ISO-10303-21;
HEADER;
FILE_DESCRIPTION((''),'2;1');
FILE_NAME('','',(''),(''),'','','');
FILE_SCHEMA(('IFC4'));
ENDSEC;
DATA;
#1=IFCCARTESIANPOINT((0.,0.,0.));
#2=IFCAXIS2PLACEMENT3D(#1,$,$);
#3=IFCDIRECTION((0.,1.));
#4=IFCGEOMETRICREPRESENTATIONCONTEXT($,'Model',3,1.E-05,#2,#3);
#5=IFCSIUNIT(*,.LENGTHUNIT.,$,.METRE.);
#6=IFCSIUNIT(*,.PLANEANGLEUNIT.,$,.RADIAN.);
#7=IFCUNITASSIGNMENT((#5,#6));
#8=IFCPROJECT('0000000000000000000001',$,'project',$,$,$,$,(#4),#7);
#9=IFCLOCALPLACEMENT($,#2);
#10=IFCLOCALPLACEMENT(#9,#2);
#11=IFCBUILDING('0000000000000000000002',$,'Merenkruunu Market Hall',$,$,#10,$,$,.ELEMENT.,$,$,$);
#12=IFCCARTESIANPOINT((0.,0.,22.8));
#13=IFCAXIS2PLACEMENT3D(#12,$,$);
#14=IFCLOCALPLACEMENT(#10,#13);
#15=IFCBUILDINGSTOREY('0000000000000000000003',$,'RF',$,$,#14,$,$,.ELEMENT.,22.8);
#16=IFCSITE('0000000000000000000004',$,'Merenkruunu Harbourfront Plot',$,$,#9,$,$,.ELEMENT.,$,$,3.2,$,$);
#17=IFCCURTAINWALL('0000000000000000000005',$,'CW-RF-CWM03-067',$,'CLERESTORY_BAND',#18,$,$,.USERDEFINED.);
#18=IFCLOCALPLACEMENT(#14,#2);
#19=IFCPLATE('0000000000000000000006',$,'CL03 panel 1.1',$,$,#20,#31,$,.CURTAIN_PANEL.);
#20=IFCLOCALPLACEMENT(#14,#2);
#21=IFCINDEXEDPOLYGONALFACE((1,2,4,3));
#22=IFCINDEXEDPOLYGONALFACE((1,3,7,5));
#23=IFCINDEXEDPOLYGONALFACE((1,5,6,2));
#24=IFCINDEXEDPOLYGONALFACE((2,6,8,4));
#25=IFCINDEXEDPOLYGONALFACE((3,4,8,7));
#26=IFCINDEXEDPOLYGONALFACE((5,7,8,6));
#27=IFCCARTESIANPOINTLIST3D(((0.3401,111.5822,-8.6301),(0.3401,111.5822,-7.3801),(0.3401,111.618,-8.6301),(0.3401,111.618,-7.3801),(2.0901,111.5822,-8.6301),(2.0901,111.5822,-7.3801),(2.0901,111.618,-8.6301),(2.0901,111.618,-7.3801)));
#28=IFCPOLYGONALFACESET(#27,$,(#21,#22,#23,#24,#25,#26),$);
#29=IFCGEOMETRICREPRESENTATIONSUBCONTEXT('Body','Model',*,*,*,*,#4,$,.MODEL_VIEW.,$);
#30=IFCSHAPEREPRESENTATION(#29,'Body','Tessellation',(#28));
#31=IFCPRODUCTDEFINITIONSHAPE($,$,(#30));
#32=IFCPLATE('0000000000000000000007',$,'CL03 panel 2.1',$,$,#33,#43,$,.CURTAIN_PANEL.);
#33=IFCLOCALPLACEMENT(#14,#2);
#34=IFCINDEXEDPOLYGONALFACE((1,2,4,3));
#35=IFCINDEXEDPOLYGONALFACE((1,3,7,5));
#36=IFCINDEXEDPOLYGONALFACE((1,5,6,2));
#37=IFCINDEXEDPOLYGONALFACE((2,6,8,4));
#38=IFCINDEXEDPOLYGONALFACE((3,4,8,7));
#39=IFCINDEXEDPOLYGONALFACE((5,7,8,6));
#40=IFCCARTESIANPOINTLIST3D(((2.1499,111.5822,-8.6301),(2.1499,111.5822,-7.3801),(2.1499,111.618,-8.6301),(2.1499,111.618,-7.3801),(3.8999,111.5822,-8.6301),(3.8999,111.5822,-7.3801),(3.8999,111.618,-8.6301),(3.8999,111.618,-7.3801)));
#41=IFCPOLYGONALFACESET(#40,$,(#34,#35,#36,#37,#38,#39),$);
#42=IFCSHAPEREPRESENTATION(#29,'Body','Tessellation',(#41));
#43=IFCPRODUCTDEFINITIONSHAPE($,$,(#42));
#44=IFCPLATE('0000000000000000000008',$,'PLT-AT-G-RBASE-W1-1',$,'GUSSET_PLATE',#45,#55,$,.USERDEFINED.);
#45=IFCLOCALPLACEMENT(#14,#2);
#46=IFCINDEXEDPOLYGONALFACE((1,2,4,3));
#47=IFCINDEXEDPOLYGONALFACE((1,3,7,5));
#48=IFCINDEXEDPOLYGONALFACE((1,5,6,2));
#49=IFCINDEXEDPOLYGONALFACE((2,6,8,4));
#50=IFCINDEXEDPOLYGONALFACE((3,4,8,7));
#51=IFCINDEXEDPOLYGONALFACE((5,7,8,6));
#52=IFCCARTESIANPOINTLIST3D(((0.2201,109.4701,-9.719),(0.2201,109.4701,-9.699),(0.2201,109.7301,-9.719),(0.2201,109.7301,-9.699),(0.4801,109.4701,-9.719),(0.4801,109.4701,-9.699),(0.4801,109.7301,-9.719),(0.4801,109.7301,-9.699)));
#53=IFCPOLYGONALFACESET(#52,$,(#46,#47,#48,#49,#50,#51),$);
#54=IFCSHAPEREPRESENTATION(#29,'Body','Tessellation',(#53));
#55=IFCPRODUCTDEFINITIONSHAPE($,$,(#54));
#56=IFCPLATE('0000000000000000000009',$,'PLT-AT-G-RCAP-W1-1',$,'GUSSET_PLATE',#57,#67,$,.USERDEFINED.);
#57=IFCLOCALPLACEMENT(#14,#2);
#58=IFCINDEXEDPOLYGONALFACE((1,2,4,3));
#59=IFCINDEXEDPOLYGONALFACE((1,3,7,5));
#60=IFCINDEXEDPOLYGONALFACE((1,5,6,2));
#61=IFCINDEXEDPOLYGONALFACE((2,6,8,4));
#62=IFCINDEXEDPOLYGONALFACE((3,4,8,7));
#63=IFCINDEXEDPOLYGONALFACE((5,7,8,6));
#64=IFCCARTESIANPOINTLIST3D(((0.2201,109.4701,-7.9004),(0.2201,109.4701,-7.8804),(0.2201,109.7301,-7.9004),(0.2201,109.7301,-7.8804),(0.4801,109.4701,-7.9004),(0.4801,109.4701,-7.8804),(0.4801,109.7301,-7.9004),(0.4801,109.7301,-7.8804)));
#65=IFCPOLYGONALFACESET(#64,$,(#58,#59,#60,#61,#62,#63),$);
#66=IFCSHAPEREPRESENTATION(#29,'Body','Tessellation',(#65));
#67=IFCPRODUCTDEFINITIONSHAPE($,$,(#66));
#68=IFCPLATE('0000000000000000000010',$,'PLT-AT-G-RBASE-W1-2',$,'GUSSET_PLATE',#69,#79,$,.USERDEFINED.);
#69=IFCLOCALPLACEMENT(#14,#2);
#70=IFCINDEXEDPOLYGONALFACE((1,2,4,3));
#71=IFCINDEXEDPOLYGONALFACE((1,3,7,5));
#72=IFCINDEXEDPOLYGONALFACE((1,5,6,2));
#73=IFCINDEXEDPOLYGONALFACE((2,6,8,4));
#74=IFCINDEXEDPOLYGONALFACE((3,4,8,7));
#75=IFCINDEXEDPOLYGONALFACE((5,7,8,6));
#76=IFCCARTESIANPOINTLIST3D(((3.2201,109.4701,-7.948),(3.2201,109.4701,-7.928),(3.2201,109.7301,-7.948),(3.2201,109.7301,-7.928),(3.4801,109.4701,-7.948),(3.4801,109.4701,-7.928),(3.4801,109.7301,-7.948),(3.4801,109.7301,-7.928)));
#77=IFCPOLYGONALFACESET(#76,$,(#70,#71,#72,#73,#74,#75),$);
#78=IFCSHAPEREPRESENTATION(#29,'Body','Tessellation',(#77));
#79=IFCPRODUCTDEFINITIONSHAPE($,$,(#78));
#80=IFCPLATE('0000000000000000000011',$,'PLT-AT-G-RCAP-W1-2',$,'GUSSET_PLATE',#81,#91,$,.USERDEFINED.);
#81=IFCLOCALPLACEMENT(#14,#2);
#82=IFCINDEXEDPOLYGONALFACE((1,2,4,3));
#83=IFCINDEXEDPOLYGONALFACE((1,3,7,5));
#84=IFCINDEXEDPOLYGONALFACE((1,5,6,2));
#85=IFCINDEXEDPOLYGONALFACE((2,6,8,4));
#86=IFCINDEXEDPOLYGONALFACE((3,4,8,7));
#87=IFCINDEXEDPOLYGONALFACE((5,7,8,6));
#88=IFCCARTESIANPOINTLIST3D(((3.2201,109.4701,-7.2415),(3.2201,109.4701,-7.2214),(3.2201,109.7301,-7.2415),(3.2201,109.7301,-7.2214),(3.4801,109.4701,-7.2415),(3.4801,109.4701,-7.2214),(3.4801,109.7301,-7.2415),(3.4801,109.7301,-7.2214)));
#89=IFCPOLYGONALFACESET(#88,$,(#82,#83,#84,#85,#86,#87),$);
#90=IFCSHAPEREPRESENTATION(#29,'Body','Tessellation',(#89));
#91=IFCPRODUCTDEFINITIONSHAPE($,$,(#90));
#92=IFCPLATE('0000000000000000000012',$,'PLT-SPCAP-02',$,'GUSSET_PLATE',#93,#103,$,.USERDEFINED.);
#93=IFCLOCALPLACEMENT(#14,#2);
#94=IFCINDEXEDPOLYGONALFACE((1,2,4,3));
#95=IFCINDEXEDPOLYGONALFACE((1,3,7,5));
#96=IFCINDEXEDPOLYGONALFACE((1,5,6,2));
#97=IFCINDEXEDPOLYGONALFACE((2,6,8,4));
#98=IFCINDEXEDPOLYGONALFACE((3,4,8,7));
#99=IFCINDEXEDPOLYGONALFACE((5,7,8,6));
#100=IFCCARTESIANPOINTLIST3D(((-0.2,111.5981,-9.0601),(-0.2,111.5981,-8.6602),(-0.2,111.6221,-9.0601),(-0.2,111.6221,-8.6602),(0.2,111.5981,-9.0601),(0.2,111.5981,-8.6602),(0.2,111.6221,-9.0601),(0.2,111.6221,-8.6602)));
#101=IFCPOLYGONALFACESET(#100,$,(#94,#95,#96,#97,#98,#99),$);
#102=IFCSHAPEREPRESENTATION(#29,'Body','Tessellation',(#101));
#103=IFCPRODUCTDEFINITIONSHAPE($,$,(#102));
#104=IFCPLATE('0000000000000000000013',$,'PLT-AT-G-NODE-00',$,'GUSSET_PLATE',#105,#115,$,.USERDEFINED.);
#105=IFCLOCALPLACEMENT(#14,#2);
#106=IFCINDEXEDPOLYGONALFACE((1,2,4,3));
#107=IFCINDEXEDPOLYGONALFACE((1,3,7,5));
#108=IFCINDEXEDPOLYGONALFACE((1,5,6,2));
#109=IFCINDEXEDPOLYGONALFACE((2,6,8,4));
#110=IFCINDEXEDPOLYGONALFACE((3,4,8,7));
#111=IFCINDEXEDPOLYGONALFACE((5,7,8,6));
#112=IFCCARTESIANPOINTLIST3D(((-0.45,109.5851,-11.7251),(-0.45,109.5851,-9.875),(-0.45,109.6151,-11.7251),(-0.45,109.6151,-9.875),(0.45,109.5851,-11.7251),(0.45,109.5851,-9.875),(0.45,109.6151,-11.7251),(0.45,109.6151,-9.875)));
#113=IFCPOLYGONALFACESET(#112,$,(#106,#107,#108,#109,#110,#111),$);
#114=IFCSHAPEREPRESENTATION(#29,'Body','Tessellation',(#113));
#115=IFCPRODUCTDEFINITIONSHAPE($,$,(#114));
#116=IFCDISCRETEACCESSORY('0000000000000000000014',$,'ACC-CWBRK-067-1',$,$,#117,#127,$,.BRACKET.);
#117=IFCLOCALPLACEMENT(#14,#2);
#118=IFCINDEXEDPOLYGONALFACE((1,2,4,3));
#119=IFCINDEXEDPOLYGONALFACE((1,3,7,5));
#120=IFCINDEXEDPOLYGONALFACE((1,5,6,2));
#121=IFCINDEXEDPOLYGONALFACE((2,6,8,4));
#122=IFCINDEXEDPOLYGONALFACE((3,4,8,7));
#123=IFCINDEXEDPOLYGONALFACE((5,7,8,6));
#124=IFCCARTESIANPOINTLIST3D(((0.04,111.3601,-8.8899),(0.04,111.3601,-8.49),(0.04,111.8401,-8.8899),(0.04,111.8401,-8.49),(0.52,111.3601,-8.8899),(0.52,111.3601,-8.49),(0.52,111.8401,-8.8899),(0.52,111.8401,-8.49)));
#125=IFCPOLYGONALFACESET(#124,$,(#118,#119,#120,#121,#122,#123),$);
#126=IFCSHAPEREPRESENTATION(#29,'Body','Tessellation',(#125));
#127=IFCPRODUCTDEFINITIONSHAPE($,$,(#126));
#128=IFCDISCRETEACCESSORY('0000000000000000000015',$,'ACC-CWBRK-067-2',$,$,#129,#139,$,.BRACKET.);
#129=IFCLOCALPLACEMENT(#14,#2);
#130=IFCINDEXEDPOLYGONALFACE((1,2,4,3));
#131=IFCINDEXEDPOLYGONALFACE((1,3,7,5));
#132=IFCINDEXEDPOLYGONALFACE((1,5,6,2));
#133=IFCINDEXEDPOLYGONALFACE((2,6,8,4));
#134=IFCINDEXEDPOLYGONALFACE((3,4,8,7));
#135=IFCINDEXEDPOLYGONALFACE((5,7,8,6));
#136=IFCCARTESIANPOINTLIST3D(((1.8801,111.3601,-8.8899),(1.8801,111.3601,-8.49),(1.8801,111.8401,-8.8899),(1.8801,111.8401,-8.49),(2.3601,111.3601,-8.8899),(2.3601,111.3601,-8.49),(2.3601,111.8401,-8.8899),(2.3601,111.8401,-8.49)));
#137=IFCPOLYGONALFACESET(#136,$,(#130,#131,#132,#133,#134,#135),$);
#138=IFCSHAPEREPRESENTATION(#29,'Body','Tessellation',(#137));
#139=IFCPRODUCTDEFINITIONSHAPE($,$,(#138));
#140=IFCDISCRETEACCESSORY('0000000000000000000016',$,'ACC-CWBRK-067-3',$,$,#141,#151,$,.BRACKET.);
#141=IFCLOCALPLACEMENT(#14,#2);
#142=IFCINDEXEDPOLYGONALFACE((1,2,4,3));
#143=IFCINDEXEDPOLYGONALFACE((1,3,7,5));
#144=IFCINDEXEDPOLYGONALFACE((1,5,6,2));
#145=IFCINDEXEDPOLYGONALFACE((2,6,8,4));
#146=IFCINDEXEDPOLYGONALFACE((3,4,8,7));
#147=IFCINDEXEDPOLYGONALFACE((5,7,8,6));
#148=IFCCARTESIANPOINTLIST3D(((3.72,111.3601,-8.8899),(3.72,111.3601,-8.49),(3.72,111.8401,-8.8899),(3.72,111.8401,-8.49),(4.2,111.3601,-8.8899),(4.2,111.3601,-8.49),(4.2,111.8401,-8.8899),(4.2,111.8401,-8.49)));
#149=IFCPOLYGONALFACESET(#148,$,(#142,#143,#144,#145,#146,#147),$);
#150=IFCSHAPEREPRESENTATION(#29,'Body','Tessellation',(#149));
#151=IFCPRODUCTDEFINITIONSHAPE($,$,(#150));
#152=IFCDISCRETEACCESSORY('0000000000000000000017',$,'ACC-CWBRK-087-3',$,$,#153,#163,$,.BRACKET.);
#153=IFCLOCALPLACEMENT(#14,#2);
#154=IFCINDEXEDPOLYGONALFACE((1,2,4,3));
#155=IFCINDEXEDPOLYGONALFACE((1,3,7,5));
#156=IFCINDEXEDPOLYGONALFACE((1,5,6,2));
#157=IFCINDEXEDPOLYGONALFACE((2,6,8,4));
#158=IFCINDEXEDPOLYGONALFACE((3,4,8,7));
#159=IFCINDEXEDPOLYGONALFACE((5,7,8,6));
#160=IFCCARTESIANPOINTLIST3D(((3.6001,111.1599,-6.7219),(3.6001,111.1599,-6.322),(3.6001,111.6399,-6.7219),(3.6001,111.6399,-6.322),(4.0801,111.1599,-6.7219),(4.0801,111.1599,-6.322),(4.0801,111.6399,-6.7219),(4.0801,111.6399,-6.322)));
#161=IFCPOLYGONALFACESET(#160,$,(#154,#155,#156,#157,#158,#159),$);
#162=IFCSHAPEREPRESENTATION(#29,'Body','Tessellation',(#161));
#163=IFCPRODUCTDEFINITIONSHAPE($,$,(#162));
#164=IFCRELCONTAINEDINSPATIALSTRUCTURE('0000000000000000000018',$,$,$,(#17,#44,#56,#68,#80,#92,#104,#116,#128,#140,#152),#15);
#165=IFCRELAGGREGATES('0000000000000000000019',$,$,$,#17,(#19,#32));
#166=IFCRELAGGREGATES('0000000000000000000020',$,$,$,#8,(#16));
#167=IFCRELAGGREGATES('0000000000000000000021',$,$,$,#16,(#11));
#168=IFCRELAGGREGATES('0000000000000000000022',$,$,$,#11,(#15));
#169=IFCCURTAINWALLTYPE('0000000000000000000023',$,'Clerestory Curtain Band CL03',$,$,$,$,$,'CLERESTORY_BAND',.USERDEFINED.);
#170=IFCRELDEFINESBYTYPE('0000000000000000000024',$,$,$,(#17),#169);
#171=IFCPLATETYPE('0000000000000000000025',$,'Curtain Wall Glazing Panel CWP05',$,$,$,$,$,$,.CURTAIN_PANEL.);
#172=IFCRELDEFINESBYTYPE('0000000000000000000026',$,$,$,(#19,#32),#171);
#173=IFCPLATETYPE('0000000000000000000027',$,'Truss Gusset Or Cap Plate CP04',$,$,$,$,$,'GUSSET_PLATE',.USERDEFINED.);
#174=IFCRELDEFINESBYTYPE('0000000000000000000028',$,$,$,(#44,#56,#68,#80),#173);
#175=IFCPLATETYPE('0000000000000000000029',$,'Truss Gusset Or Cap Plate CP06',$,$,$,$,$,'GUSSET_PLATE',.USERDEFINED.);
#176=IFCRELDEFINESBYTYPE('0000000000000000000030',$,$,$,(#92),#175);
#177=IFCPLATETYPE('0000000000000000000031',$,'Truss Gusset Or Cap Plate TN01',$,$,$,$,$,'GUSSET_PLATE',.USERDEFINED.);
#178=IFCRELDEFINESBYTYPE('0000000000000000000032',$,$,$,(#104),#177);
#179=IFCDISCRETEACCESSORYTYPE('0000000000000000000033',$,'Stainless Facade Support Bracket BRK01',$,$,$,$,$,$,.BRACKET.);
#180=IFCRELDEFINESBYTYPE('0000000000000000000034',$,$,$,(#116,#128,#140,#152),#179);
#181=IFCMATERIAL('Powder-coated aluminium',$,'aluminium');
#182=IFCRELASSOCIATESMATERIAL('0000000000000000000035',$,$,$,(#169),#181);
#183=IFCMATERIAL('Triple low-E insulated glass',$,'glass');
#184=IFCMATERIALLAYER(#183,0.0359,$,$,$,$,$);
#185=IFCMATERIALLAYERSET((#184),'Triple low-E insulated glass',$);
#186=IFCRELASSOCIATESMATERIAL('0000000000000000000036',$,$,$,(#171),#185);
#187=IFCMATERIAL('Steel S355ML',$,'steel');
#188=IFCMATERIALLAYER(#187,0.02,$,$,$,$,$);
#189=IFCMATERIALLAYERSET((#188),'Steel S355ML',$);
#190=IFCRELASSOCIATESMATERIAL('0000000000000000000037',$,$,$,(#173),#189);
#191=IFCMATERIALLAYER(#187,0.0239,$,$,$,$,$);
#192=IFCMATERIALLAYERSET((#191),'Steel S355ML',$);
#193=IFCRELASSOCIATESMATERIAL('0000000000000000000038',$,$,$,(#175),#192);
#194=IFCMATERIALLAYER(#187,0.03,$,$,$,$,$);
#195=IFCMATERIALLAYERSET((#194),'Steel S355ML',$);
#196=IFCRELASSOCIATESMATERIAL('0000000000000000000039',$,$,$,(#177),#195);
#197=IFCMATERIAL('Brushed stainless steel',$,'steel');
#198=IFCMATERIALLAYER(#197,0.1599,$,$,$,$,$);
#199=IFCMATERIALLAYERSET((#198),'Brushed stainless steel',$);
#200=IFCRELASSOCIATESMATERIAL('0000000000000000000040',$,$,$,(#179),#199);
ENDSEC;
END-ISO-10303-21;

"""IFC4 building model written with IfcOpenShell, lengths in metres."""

from ifc_helpers import new_model, si_unit, direction, frame, origin, origin_2d, place, context, subcontext, project, spatial, rectangle, extrude, material, layer, layer_set, type_object, element, aggregate, save


model = new_model("IFC4")

# Units and contexts
model_context = context("Model", 3, precision=1e-05, world=origin(), true_north=direction((0.0, 1.0)))
body_context = subcontext(model_context, "Body", "Model", "MODEL_VIEW")
ifc_project = project(units=[si_unit("LENGTHUNIT", "METRE"), si_unit("PLANEANGLEUNIT", "RADIAN")], contexts=[model_context])

# Site, building, storey
site_placement = place(None, origin())
site = spatial("IfcSite", under=ifc_project, at=site_placement, Name="Merenkruunu Harbourfront Plot", CompositionType="ELEMENT", RefElevation=3.2)
building_placement = place(site_placement, origin())
building = spatial("IfcBuilding", under=site, at=building_placement, Name="Merenkruunu Market Hall", CompositionType="ELEMENT")
storey_placement = place(building_placement, frame((0.0, 0.0, 22.8)))
storey = spatial("IfcBuildingStorey", under=building, at=storey_placement, Name="RF", CompositionType="ELEMENT", Elevation=22.8)

# Shared definitions
ifc_material_1 = material(Name="Steel S355ML", Category="steel")

# Curtain wall
ifc_material_2 = material(Name="Powder-coated aluminium", Category="aluminium")
curtain_wall_type_1 = type_object("IfcCurtainWallType", Name="Clerestory Curtain Band CL03", ElementType="CLERESTORY_BAND", PredefinedType="USERDEFINED", material=ifc_material_2)
curtain_wall_1_placement = place(storey_placement, origin())
curtain_wall_1 = element("IfcCurtainWall", 1, at=curtain_wall_1_placement, inside=storey, type_object=curtain_wall_type_1, Name="CW-RF-CWM03-067", ObjectType="CLERESTORY_BAND", PredefinedType="USERDEFINED")

# Plates
ifc_material_3 = material(Name="Triple low-E insulated glass", Category="glass")
ifc_layer_1 = layer(ifc_material_3, 0.0359)
ifc_layer_set_1 = layer_set([ifc_layer_1], Name="Triple low-E insulated glass")
plate_type_1 = type_object("IfcPlateType", Name="Curtain Wall Glazing Panel CWP05", PredefinedType="CURTAIN_PANEL", material=ifc_layer_set_1)
plate_1_placement = place(storey_placement, frame((1.2151, 111.6001, -8.6301), z_axis=(0.0, 0.0, 1.0), x_axis=(1.0, 0.0, 0.0)))
plate_1 = element("IfcPlate", 2, at=plate_1_placement, type_object=plate_type_1, Name="CL03 panel 1.1", PredefinedType="CURTAIN_PANEL", context=body_context, shape_type="SweptSolid", body=[
    extrude(rectangle(XDim=1.75, YDim=0.0359, at=origin_2d()), origin(), (0.0, 0.0, 1.0), 1.25),
])
plate_2_placement = place(storey_placement, frame((3.0249, 111.6001, -8.6301), z_axis=(0.0, 0.0, 1.0), x_axis=(1.0, 0.0, 0.0)))
plate_2 = element("IfcPlate", 3, at=plate_2_placement, type_object=plate_type_1, Name="CL03 panel 2.1", PredefinedType="CURTAIN_PANEL", context=body_context, shape_type="SweptSolid", body=[
    extrude(rectangle(XDim=1.75, YDim=0.0359, at=origin_2d()), origin(), (0.0, 0.0, 1.0), 1.25),
])
aggregate(curtain_wall_1, [plate_1, plate_2])

# Plates
ifc_layer_2 = layer(ifc_material_1, 0.02)
ifc_layer_set_2 = layer_set([ifc_layer_2], Name="Steel S355ML")
plate_type_2 = type_object("IfcPlateType", Name="Truss Gusset Or Cap Plate CP04", ElementType="GUSSET_PLATE", PredefinedType="USERDEFINED", material=ifc_layer_set_2)
for number, where, z_axis, x_axis, name in (
    (4, (0.3501, 109.6001, -9.719), (0.0, 0.0, 1.0), (1.0, 0.0, 0.0), "PLT-AT-G-RBASE-W1-1"),
    (5, (0.3501, 109.6001, -7.9004), (0.0, 0.0, 1.0), (1.0, 0.0, 0.0), "PLT-AT-G-RCAP-W1-1"),
    (6, (3.3501, 109.6001, -7.948), (0.0, 0.0, 1.0), (1.0, 0.0, 0.0), "PLT-AT-G-RBASE-W1-2"),
    (7, (3.3501, 109.6001, -7.2415), (0.0, 0.0, 1.0), (1.0, 0.0, 0.0), "PLT-AT-G-RCAP-W1-2"),
):
    element("IfcPlate", number, at=place(storey_placement, frame(where, z_axis=z_axis, x_axis=x_axis)), inside=storey, type_object=plate_type_2, Name=name, ObjectType="GUSSET_PLATE", PredefinedType="USERDEFINED", context=body_context, shape_type="SweptSolid", body=[
        extrude(rectangle(XDim=0.26, YDim=0.26, at=origin_2d()), origin(), (0.0, 0.0, 1.0), 0.02),
    ])
ifc_layer_3 = layer(ifc_material_1, 0.0239)
ifc_layer_set_3 = layer_set([ifc_layer_3], Name="Steel S355ML")
plate_type_3 = type_object("IfcPlateType", Name="Truss Gusset Or Cap Plate CP06", ElementType="GUSSET_PLATE", PredefinedType="USERDEFINED", material=ifc_layer_set_3)
plate_3_placement = place(storey_placement, frame((0.0, 111.6101, -9.0601), z_axis=(0.0, 0.0, 1.0), x_axis=(1.0, 0.0, 0.0)))
element("IfcPlate", 8, at=plate_3_placement, inside=storey, type_object=plate_type_3, Name="PLT-SPCAP-02", ObjectType="GUSSET_PLATE", PredefinedType="USERDEFINED", context=body_context, shape_type="SweptSolid", body=[
    extrude(rectangle(XDim=0.3999, YDim=0.0239, at=origin_2d()), origin(), (0.0, 0.0, 1.0), 0.3999),
])
ifc_layer_4 = layer(ifc_material_1, 0.03)
ifc_layer_set_4 = layer_set([ifc_layer_4], Name="Steel S355ML")
plate_type_4 = type_object("IfcPlateType", Name="Truss Gusset Or Cap Plate TN01", ElementType="GUSSET_PLATE", PredefinedType="USERDEFINED", material=ifc_layer_set_4)
plate_4_placement = place(storey_placement, frame((0.0, 109.6001, -11.7251), z_axis=(0.0, 0.0, 1.0), x_axis=(1.0, 0.0, 0.0)))
element("IfcPlate", 9, at=plate_4_placement, inside=storey, type_object=plate_type_4, Name="PLT-AT-G-NODE-00", ObjectType="GUSSET_PLATE", PredefinedType="USERDEFINED", context=body_context, shape_type="SweptSolid", body=[
    extrude(rectangle(XDim=0.8999, YDim=0.03, at=origin_2d()), origin(), (0.0, 0.0, 1.0), 1.8501),
])

# Discrete accessories
ifc_material_4 = material(Name="Brushed stainless steel", Category="steel")
ifc_layer_5 = layer(ifc_material_4, 0.1599)
ifc_layer_set_5 = layer_set([ifc_layer_5], Name="Brushed stainless steel")
discrete_accessory_type = type_object("IfcDiscreteAccessoryType", Name="Stainless Facade Support Bracket BRK01", PredefinedType="BRACKET", material=ifc_layer_set_5)
for number, where, z_axis, x_axis, name in (
    (10, (0.28, 111.6001, -8.8899), (0.0, 0.0, 1.0), (1.0, 0.0, 0.0), "ACC-CWBRK-067-1"),
    (11, (2.1201, 111.6001, -8.8899), (0.0, 0.0, 1.0), (1.0, 0.0, 0.0), "ACC-CWBRK-067-2"),
    (12, (3.96, 111.6001, -8.8899), (0.0, 0.0, 1.0), (1.0, 0.0, 0.0), "ACC-CWBRK-067-3"),
    (13, (3.8401, 111.3999, -6.7219), (0.0, 0.0, 1.0), (1.0, 0.0, 0.0), "ACC-CWBRK-087-3"),
):
    element("IfcDiscreteAccessory", number, at=place(storey_placement, frame(where, z_axis=z_axis, x_axis=x_axis)), inside=storey, type_object=discrete_accessory_type, Name=name, PredefinedType="BRACKET", context=body_context, shape_type="SweptSolid", body=[
        extrude(rectangle(XDim=0.48, YDim=0.48, at=origin_2d()), origin(), (0.0, 0.0, 1.0), 0.3999),
    ])

save(model, "model.ifc")
